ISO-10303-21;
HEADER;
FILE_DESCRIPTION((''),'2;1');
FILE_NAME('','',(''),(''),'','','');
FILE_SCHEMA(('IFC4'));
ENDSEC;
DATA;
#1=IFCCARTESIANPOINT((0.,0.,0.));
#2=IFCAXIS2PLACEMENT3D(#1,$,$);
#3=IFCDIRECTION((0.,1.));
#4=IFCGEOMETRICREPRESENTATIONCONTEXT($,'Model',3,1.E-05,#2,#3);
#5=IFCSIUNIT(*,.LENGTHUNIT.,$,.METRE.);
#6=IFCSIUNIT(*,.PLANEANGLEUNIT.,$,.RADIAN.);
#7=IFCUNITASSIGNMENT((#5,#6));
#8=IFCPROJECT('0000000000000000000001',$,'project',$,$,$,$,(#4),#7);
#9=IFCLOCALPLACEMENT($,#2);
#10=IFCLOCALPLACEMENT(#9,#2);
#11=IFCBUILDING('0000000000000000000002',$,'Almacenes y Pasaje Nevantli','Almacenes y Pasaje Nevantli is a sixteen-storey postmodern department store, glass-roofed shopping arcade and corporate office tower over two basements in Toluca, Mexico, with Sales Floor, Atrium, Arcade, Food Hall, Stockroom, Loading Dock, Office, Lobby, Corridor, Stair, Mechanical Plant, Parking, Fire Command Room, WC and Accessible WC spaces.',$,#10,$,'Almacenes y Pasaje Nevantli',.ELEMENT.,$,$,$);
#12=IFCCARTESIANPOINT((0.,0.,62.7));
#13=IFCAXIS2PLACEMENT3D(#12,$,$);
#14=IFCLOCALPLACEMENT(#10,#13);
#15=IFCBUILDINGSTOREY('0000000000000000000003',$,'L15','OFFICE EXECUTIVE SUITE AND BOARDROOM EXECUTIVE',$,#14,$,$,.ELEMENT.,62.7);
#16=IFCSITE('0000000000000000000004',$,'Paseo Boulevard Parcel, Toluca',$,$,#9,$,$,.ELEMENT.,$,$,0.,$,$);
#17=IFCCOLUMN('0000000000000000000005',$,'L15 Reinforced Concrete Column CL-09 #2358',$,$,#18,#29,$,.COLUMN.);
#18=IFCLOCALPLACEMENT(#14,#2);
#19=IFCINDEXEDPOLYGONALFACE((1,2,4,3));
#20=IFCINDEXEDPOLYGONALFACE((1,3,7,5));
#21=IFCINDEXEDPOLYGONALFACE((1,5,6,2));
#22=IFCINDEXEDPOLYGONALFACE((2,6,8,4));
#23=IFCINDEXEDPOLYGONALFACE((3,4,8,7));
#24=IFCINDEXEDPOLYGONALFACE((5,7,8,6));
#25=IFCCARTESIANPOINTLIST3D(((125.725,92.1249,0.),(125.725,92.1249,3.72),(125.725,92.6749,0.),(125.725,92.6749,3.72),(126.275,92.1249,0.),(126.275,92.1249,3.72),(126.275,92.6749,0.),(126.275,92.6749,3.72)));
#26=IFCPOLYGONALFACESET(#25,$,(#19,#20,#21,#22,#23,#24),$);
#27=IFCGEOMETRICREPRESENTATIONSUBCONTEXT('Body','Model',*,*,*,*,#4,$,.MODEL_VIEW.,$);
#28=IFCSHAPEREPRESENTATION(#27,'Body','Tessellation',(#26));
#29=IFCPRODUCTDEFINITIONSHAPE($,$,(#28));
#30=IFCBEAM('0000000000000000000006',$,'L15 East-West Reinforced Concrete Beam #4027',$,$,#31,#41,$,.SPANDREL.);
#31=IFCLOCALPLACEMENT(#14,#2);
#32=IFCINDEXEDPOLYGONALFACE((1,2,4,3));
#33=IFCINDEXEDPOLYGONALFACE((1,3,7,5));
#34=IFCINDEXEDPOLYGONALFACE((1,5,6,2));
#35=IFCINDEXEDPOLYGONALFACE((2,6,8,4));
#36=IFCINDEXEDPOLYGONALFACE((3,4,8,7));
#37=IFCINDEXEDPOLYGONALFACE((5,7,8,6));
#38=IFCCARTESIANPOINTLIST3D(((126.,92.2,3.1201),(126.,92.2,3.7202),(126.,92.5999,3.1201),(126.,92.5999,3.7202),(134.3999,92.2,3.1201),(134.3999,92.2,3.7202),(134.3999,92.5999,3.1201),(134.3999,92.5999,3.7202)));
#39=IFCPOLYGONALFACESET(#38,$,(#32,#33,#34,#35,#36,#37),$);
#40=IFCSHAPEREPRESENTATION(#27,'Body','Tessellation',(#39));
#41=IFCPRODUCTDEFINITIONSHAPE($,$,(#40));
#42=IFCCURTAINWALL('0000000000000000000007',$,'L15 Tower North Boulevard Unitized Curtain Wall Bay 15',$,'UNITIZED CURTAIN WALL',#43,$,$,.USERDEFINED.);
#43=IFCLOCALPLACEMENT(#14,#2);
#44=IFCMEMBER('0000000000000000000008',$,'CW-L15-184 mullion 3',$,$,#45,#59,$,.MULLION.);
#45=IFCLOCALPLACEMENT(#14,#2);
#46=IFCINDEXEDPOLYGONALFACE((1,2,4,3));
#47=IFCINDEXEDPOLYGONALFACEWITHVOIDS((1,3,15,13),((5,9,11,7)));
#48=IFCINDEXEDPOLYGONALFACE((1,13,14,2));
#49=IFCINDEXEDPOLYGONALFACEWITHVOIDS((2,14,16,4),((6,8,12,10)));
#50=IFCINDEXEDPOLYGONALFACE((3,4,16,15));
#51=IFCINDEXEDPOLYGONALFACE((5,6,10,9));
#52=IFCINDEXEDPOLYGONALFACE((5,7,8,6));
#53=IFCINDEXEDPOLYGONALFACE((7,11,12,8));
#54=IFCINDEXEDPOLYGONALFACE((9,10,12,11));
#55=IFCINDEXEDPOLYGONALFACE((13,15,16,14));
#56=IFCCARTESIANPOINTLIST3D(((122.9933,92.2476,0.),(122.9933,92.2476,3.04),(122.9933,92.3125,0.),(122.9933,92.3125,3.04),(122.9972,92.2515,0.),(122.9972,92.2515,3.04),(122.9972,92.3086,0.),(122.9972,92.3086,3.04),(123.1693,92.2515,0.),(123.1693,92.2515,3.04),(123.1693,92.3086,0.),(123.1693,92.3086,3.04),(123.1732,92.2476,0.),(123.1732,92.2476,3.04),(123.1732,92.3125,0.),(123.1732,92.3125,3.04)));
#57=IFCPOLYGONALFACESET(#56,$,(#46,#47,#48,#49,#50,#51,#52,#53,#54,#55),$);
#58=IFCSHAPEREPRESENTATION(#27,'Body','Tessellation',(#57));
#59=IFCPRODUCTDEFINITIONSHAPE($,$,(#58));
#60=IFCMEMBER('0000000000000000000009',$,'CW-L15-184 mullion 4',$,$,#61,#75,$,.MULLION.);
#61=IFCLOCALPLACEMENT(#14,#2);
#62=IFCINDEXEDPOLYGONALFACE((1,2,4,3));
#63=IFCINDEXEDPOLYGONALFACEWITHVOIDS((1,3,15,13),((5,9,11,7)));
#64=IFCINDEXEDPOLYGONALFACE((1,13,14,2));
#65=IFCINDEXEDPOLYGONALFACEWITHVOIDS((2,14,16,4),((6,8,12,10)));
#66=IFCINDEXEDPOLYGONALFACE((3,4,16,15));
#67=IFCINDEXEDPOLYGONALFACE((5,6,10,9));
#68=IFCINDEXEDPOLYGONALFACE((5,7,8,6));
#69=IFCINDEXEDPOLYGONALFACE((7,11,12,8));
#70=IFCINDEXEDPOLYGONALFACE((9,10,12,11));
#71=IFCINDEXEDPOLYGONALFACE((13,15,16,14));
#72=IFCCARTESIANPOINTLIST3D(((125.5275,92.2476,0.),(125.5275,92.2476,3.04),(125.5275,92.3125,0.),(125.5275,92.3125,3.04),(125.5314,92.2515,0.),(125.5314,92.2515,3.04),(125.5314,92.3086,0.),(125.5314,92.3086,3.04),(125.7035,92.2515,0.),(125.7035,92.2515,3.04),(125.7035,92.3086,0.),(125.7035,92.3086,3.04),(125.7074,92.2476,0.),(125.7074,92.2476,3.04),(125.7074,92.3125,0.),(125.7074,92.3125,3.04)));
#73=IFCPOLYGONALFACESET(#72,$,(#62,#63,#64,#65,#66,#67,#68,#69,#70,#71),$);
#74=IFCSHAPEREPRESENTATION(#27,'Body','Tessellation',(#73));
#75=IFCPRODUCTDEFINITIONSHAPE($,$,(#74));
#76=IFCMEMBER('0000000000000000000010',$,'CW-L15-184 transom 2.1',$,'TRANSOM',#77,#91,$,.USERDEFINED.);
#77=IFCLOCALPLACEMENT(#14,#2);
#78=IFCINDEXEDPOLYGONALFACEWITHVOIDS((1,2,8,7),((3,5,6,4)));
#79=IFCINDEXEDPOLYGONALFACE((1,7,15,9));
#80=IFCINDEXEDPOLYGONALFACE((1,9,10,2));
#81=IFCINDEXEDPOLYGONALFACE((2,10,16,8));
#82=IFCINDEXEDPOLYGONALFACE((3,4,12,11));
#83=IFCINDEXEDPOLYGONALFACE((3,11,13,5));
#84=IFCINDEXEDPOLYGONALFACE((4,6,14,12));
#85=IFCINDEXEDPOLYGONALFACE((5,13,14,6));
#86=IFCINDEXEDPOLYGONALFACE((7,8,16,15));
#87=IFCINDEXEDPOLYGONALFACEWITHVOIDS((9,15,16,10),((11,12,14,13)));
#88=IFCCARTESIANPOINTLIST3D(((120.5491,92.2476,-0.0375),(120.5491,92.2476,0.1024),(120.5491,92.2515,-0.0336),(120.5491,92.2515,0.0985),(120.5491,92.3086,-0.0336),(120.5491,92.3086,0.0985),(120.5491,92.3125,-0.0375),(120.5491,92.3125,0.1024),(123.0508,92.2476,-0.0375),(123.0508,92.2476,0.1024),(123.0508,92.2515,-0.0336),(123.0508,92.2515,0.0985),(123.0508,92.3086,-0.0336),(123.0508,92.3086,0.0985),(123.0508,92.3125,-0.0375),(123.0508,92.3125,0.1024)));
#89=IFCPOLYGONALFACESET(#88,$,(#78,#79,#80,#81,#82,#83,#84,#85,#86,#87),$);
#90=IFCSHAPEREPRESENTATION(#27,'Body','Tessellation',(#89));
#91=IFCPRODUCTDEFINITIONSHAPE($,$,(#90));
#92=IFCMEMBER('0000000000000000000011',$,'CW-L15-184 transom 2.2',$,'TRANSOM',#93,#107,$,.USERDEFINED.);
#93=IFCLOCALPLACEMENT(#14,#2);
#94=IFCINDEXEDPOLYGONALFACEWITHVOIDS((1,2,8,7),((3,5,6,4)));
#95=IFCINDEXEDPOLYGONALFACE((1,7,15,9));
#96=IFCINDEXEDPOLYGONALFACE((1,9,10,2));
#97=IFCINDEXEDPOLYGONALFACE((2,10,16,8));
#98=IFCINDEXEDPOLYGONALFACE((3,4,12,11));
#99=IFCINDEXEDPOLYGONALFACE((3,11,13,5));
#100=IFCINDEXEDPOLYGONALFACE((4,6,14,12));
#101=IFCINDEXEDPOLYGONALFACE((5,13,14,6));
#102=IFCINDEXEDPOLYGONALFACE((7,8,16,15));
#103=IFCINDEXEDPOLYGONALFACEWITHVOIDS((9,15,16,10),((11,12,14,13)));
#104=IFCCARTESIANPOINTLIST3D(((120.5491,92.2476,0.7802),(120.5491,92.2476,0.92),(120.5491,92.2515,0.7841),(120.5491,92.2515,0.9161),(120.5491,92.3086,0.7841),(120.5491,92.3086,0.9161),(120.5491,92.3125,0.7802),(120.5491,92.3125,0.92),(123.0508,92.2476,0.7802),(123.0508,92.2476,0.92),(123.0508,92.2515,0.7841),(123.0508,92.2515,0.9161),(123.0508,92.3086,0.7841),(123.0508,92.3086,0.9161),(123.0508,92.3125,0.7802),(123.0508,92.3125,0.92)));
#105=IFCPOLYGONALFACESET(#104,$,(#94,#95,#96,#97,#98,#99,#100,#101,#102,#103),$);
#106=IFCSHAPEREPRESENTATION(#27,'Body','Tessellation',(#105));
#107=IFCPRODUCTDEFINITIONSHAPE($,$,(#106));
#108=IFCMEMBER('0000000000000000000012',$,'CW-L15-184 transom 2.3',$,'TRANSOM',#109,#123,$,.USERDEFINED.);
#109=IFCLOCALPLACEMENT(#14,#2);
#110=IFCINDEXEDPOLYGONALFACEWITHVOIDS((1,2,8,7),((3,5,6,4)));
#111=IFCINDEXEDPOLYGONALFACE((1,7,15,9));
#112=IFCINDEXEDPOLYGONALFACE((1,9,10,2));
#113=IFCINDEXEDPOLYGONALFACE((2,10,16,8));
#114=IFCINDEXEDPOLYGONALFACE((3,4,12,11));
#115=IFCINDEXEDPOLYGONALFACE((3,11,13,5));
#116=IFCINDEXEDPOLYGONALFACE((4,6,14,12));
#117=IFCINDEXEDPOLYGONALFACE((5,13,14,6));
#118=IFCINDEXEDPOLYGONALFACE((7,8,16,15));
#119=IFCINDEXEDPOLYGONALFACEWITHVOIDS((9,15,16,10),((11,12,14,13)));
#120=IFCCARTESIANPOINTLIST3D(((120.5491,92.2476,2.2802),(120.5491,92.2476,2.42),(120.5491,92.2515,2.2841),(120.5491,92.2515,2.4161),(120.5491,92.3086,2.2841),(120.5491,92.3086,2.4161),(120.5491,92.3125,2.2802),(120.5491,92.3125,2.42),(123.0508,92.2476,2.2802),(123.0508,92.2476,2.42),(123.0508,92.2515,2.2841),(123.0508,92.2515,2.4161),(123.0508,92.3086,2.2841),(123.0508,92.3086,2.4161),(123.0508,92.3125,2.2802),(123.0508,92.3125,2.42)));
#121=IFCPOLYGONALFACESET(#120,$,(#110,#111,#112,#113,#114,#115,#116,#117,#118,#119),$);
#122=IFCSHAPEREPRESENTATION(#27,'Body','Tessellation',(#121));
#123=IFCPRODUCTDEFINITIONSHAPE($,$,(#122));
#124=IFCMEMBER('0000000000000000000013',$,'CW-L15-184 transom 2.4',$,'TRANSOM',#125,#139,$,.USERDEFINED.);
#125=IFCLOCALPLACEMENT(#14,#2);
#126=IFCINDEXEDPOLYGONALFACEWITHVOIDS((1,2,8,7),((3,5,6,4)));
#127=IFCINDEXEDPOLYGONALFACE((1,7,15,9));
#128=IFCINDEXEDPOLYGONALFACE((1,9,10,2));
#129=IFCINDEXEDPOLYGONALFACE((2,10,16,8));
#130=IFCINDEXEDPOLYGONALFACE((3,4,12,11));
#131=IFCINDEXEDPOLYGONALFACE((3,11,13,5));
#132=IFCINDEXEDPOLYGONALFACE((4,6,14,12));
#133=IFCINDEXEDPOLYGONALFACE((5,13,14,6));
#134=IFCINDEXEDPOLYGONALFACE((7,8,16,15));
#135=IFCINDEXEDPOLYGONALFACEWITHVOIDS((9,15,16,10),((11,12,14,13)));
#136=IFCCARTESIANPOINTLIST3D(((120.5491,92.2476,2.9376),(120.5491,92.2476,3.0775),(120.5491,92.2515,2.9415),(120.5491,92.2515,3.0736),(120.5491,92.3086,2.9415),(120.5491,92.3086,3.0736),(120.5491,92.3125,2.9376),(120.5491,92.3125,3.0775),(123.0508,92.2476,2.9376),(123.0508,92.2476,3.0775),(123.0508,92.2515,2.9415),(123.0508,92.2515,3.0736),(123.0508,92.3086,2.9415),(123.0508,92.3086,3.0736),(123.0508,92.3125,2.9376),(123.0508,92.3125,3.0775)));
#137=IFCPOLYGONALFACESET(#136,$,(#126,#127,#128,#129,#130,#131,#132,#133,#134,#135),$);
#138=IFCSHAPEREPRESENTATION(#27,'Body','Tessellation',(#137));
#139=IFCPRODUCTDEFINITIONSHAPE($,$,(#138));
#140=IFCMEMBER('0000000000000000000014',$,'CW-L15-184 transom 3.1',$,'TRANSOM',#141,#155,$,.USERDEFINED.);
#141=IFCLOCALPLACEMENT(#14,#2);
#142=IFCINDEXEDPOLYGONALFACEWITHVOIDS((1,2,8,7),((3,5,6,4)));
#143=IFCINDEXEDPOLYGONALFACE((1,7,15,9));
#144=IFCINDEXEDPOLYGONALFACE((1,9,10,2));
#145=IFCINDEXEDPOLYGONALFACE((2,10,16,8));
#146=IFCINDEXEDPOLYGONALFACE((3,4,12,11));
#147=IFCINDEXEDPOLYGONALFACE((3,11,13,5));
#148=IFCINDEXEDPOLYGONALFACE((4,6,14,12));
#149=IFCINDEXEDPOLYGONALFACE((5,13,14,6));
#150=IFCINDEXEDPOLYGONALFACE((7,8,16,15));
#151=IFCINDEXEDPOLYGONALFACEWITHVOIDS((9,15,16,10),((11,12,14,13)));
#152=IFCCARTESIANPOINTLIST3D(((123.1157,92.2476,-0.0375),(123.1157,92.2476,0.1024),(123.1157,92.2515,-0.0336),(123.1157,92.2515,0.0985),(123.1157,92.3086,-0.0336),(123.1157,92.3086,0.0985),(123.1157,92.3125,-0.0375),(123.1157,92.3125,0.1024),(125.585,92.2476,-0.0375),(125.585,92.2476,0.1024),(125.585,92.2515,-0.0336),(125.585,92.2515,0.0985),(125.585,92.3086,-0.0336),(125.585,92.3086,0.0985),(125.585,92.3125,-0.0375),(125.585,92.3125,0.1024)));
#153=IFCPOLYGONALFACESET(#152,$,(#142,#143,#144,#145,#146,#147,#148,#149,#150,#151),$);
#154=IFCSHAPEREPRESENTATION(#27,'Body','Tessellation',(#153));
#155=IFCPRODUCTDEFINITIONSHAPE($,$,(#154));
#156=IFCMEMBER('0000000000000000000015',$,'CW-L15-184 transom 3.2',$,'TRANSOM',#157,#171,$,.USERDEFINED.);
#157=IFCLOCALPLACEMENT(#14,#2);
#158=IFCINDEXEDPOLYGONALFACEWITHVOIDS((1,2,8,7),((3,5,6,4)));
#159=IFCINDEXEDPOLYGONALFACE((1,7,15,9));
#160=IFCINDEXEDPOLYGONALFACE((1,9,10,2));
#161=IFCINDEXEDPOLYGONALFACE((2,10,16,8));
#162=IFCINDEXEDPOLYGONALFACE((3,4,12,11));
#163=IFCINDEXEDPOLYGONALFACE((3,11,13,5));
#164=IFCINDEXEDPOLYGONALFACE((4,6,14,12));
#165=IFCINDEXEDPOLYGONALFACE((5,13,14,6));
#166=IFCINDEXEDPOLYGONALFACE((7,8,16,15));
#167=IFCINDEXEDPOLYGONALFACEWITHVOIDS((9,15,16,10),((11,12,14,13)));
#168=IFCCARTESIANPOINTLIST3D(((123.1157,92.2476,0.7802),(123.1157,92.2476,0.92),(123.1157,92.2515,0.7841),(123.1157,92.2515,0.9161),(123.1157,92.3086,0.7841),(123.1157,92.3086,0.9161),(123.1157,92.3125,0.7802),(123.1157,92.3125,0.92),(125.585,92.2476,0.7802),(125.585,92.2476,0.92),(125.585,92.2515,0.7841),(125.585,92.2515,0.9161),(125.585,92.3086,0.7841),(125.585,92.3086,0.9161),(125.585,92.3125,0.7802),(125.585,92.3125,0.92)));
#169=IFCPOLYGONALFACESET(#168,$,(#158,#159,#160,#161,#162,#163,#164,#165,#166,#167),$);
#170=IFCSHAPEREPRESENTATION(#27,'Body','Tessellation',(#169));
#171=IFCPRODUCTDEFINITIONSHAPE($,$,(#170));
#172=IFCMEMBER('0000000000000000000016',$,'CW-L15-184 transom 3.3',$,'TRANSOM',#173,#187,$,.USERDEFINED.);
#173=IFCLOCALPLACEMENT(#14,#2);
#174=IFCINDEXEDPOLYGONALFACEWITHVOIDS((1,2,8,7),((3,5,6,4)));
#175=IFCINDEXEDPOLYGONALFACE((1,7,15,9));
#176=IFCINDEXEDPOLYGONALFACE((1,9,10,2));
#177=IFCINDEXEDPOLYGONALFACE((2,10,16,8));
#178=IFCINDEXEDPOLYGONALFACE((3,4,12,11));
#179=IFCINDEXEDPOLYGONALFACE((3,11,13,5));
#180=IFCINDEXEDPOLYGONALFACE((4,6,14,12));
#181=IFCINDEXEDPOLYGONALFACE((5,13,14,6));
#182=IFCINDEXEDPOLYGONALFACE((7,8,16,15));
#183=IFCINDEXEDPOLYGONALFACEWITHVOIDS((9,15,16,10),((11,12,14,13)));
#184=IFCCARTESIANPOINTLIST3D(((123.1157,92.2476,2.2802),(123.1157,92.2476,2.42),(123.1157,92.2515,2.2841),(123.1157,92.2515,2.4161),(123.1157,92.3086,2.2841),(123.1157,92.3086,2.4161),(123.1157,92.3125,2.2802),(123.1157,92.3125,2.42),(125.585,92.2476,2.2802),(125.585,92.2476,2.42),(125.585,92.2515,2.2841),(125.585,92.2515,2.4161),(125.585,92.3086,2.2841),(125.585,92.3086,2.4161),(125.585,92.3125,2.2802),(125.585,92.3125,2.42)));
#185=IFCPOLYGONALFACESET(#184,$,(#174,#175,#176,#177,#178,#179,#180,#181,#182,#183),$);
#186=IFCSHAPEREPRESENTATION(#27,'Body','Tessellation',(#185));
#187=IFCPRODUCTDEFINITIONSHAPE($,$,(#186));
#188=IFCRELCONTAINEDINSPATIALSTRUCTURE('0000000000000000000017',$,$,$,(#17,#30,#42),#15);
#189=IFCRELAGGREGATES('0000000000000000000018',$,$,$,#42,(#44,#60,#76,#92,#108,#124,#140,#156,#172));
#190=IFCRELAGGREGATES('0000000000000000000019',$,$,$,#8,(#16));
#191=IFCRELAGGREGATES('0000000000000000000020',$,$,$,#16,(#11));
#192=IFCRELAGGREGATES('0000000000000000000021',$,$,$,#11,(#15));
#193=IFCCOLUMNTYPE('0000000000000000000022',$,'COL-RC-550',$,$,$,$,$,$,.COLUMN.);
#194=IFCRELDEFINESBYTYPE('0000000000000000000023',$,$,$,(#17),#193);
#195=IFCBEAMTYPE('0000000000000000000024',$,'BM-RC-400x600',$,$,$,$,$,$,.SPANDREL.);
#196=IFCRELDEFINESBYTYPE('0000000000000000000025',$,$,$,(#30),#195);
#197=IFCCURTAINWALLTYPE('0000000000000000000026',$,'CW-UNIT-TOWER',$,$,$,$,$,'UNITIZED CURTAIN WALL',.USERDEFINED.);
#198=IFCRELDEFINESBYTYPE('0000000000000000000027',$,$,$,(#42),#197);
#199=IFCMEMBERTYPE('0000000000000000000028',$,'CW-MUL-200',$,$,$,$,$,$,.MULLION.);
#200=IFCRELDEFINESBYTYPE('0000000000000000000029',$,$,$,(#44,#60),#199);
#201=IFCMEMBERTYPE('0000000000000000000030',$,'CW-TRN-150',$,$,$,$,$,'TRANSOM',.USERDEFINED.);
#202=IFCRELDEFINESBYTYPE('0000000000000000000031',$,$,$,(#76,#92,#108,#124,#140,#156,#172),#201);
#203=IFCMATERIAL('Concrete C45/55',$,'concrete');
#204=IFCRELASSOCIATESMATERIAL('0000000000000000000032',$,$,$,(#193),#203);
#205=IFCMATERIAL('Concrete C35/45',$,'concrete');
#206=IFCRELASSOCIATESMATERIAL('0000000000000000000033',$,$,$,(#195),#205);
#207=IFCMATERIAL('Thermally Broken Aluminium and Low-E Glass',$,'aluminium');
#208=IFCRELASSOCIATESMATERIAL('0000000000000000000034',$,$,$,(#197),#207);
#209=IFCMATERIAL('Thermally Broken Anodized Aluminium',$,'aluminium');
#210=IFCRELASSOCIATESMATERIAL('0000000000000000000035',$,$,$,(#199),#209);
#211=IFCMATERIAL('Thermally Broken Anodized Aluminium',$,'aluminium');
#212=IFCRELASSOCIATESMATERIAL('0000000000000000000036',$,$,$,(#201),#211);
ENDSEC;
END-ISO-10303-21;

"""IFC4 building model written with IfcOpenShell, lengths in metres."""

from ifc_helpers import new_model, si_unit, direction, frame, origin, origin_2d, place, context, subcontext, project, spatial, rectangle, hollow_rectangle, extrude, material, material_profile, profile_set, type_object, element, aggregate, save


model = new_model("IFC4")

# Units and contexts
model_context = context("Model", 3, precision=1e-05, world=origin(), true_north=direction((0.0, 1.0)))
body_context = subcontext(model_context, "Body", "Model", "MODEL_VIEW")
ifc_project = project(units=[si_unit("LENGTHUNIT", "METRE"), si_unit("PLANEANGLEUNIT", "RADIAN")], contexts=[model_context])

# Site, building, storey
site_placement = place(None, origin())
site = spatial("IfcSite", under=ifc_project, at=site_placement, Name="Paseo Boulevard Parcel, Toluca", CompositionType="ELEMENT", RefElevation=0.0)
building_placement = place(site_placement, origin())
building = spatial("IfcBuilding", under=site, at=building_placement, Name="Almacenes y Pasaje Nevantli", Description="Almacenes y Pasaje Nevantli is a sixteen-storey postmodern department store, glass-roofed shopping arcade and corporate office tower over two basements in Toluca, Mexico, with Sales Floor, Atrium, Arcade, Food Hall, Stockroom, Loading Dock, Office, Lobby, Corridor, Stair, Mechanical Plant, Parking, Fire Command Room, WC and Accessible WC spaces.", LongName="Almacenes y Pasaje Nevantli", CompositionType="ELEMENT")
storey_placement = place(building_placement, frame((0.0, 0.0, 62.7)))
storey = spatial("IfcBuildingStorey", under=building, at=storey_placement, Name="L15", Description="OFFICE EXECUTIVE SUITE AND BOARDROOM EXECUTIVE", CompositionType="ELEMENT", Elevation=62.7)

# Column
ifc_material_1 = material(Name="Concrete C45/55", Category="concrete")
ifc_material_profile_1 = material_profile(ifc_material_1, rectangle(XDim=0.55, YDim=0.55, at=origin_2d()), Name="RC-COL-550x550")
ifc_profile_set_1 = profile_set([ifc_material_profile_1], Name="Concrete C45/55")
column_type = type_object("IfcColumnType", Name="COL-RC-550", PredefinedType="COLUMN", material=ifc_profile_set_1)
column_placement = place(storey_placement, frame((126.0, 92.3999, 0.0), z_axis=(0.0, 0.0, 1.0), x_axis=(1.0, 0.0, 0.0)))
element("IfcColumn", 1, at=column_placement, inside=storey, type_object=column_type, Name="L15 Reinforced Concrete Column CL-09 #2358", PredefinedType="COLUMN", context=body_context, shape_type="SweptSolid", body=[
    extrude(rectangle(XDim=0.55, YDim=0.55, at=origin_2d()), origin(), (0.0, 0.0, 1.0), 3.72),
])

# Beam
ifc_material_2 = material(Name="Concrete C35/45", Category="concrete")
ifc_material_profile_2 = material_profile(ifc_material_2, rectangle(XDim=0.3999, YDim=0.6001, at=origin_2d()), Name="RC-BM-400x600")
ifc_profile_set_2 = profile_set([ifc_material_profile_2], Name="Concrete C35/45")
beam_type = type_object("IfcBeamType", Name="BM-RC-400x600", PredefinedType="SPANDREL", material=ifc_profile_set_2)
beam_placement = place(storey_placement, frame((126.0, 92.3999, 3.4202), z_axis=(1.0, 0.0, 0.0), x_axis=(0.0, 1.0, 0.0)))
element("IfcBeam", 2, at=beam_placement, inside=storey, type_object=beam_type, Name="L15 East-West Reinforced Concrete Beam #4027", PredefinedType="SPANDREL", context=body_context, shape_type="SweptSolid", body=[
    extrude(rectangle(XDim=0.3999, YDim=0.6001, at=origin_2d()), origin(), (0.0, 0.0, 1.0), 8.3999),
])

# Curtain wall, members
ifc_material_3 = material(Name="Thermally Broken Aluminium and Low-E Glass", Category="aluminium")
curtain_wall_type = type_object("IfcCurtainWallType", Name="CW-UNIT-TOWER", ElementType="UNITIZED CURTAIN WALL", PredefinedType="USERDEFINED", material=ifc_material_3)
curtain_wall_placement = place(storey_placement, origin())
curtain_wall = element("IfcCurtainWall", 3, at=curtain_wall_placement, inside=storey, type_object=curtain_wall_type, Name="L15 Tower North Boulevard Unitized Curtain Wall Bay 15", ObjectType="UNITIZED CURTAIN WALL", PredefinedType="USERDEFINED")
ifc_material_4 = material(Name="Thermally Broken Anodized Aluminium", Category="aluminium")
ifc_material_profile_3 = material_profile(ifc_material_4, hollow_rectangle(XDim=0.0649, YDim=0.1799, WallThickness=0.0039, at=origin_2d()), Name="ALU-MUL-65x180")
ifc_profile_set_3 = profile_set([ifc_material_profile_3], Name="Thermally Broken Anodized Aluminium")
member_type_1 = type_object("IfcMemberType", Name="CW-MUL-200", PredefinedType="MULLION", material=ifc_profile_set_3)
member_1_placement = place(storey_placement, frame((123.0833, 92.28, 0.0), z_axis=(0.0, 0.0, 1.0), x_axis=(0.0, 1.0, 0.0)))
member_1 = element("IfcMember", 4, at=member_1_placement, type_object=member_type_1, Name="CW-L15-184 mullion 3", PredefinedType="MULLION", context=body_context, shape_type="SweptSolid", body=[
    extrude(hollow_rectangle(XDim=0.0649, YDim=0.1799, WallThickness=0.0039, at=origin_2d()), origin(), (0.0, 0.0, 1.0), 3.04),
])
member_2_placement = place(storey_placement, frame((125.6174, 92.28, 0.0), z_axis=(0.0, 0.0, 1.0), x_axis=(0.0, 1.0, 0.0)))
member_2 = element("IfcMember", 5, at=member_2_placement, type_object=member_type_1, Name="CW-L15-184 mullion 4", PredefinedType="MULLION", context=body_context, shape_type="SweptSolid", body=[
    extrude(hollow_rectangle(XDim=0.0649, YDim=0.1799, WallThickness=0.0039, at=origin_2d()), origin(), (0.0, 0.0, 1.0), 3.04),
])
ifc_material_5 = material(Name="Thermally Broken Anodized Aluminium", Category="aluminium")
ifc_material_profile_4 = material_profile(ifc_material_5, hollow_rectangle(XDim=0.0649, YDim=0.1399, WallThickness=0.0039, at=origin_2d()), Name="ALU-TRN-65x140")
ifc_profile_set_4 = profile_set([ifc_material_profile_4], Name="Thermally Broken Anodized Aluminium")
member_type_2 = type_object("IfcMemberType", Name="CW-TRN-150", ElementType="TRANSOM", PredefinedType="USERDEFINED", material=ifc_profile_set_4)
member_3_placement = place(storey_placement, frame((120.5491, 92.28, 0.0325), z_axis=(1.0, 0.0, 0.0), x_axis=(0.0, 1.0, 0.0)))
member_3 = element("IfcMember", 6, at=member_3_placement, type_object=member_type_2, Name="CW-L15-184 transom 2.1", ObjectType="TRANSOM", PredefinedType="USERDEFINED", context=body_context, shape_type="SweptSolid", body=[
    extrude(hollow_rectangle(XDim=0.0649, YDim=0.1399, WallThickness=0.0039, at=origin_2d()), origin(), (0.0, 0.0, 1.0), 2.5017),
])
member_4_placement = place(storey_placement, frame((120.5491, 92.28, 0.8501), z_axis=(1.0, 0.0, 0.0), x_axis=(0.0, 1.0, 0.0)))
member_4 = element("IfcMember", 7, at=member_4_placement, type_object=member_type_2, Name="CW-L15-184 transom 2.2", ObjectType="TRANSOM", PredefinedType="USERDEFINED", context=body_context, shape_type="SweptSolid", body=[
    extrude(hollow_rectangle(XDim=0.0649, YDim=0.1399, WallThickness=0.0039, at=origin_2d()), origin(), (0.0, 0.0, 1.0), 2.5017),
])
member_5_placement = place(storey_placement, frame((120.5491, 92.28, 2.3501), z_axis=(1.0, 0.0, 0.0), x_axis=(0.0, 1.0, 0.0)))
member_5 = element("IfcMember", 8, at=member_5_placement, type_object=member_type_2, Name="CW-L15-184 transom 2.3", ObjectType="TRANSOM", PredefinedType="USERDEFINED", context=body_context, shape_type="SweptSolid", body=[
    extrude(hollow_rectangle(XDim=0.0649, YDim=0.1399, WallThickness=0.0039, at=origin_2d()), origin(), (0.0, 0.0, 1.0), 2.5017),
])
member_6_placement = place(storey_placement, frame((120.5491, 92.28, 3.0076), z_axis=(1.0, 0.0, 0.0), x_axis=(0.0, 1.0, 0.0)))
member_6 = element("IfcMember", 9, at=member_6_placement, type_object=member_type_2, Name="CW-L15-184 transom 2.4", ObjectType="TRANSOM", PredefinedType="USERDEFINED", context=body_context, shape_type="SweptSolid", body=[
    extrude(hollow_rectangle(XDim=0.0649, YDim=0.1399, WallThickness=0.0039, at=origin_2d()), origin(), (0.0, 0.0, 1.0), 2.5017),
])
member_7_placement = place(storey_placement, frame((123.1157, 92.28, 0.0325), z_axis=(1.0, 0.0, 0.0), x_axis=(0.0, 1.0, 0.0)))
member_7 = element("IfcMember", 10, at=member_7_placement, type_object=member_type_2, Name="CW-L15-184 transom 3.1", ObjectType="TRANSOM", PredefinedType="USERDEFINED", context=body_context, shape_type="SweptSolid", body=[
    extrude(hollow_rectangle(XDim=0.0649, YDim=0.1399, WallThickness=0.0039, at=origin_2d()), origin(), (0.0, 0.0, 1.0), 2.4692),
])
member_8_placement = place(storey_placement, frame((123.1157, 92.28, 0.8501), z_axis=(1.0, 0.0, 0.0), x_axis=(0.0, 1.0, 0.0)))
member_8 = element("IfcMember", 11, at=member_8_placement, type_object=member_type_2, Name="CW-L15-184 transom 3.2", ObjectType="TRANSOM", PredefinedType="USERDEFINED", context=body_context, shape_type="SweptSolid", body=[
    extrude(hollow_rectangle(XDim=0.0649, YDim=0.1399, WallThickness=0.0039, at=origin_2d()), origin(), (0.0, 0.0, 1.0), 2.4692),
])
member_9_placement = place(storey_placement, frame((123.1157, 92.28, 2.3501), z_axis=(1.0, 0.0, 0.0), x_axis=(0.0, 1.0, 0.0)))
member_9 = element("IfcMember", 12, at=member_9_placement, type_object=member_type_2, Name="CW-L15-184 transom 3.3", ObjectType="TRANSOM", PredefinedType="USERDEFINED", context=body_context, shape_type="SweptSolid", body=[
    extrude(hollow_rectangle(XDim=0.0649, YDim=0.1399, WallThickness=0.0039, at=origin_2d()), origin(), (0.0, 0.0, 1.0), 2.4692),
])
aggregate(curtain_wall, [member_1, member_2, member_3, member_4, member_5, member_6, member_7, member_8, member_9])

save(model, "model.ifc")
